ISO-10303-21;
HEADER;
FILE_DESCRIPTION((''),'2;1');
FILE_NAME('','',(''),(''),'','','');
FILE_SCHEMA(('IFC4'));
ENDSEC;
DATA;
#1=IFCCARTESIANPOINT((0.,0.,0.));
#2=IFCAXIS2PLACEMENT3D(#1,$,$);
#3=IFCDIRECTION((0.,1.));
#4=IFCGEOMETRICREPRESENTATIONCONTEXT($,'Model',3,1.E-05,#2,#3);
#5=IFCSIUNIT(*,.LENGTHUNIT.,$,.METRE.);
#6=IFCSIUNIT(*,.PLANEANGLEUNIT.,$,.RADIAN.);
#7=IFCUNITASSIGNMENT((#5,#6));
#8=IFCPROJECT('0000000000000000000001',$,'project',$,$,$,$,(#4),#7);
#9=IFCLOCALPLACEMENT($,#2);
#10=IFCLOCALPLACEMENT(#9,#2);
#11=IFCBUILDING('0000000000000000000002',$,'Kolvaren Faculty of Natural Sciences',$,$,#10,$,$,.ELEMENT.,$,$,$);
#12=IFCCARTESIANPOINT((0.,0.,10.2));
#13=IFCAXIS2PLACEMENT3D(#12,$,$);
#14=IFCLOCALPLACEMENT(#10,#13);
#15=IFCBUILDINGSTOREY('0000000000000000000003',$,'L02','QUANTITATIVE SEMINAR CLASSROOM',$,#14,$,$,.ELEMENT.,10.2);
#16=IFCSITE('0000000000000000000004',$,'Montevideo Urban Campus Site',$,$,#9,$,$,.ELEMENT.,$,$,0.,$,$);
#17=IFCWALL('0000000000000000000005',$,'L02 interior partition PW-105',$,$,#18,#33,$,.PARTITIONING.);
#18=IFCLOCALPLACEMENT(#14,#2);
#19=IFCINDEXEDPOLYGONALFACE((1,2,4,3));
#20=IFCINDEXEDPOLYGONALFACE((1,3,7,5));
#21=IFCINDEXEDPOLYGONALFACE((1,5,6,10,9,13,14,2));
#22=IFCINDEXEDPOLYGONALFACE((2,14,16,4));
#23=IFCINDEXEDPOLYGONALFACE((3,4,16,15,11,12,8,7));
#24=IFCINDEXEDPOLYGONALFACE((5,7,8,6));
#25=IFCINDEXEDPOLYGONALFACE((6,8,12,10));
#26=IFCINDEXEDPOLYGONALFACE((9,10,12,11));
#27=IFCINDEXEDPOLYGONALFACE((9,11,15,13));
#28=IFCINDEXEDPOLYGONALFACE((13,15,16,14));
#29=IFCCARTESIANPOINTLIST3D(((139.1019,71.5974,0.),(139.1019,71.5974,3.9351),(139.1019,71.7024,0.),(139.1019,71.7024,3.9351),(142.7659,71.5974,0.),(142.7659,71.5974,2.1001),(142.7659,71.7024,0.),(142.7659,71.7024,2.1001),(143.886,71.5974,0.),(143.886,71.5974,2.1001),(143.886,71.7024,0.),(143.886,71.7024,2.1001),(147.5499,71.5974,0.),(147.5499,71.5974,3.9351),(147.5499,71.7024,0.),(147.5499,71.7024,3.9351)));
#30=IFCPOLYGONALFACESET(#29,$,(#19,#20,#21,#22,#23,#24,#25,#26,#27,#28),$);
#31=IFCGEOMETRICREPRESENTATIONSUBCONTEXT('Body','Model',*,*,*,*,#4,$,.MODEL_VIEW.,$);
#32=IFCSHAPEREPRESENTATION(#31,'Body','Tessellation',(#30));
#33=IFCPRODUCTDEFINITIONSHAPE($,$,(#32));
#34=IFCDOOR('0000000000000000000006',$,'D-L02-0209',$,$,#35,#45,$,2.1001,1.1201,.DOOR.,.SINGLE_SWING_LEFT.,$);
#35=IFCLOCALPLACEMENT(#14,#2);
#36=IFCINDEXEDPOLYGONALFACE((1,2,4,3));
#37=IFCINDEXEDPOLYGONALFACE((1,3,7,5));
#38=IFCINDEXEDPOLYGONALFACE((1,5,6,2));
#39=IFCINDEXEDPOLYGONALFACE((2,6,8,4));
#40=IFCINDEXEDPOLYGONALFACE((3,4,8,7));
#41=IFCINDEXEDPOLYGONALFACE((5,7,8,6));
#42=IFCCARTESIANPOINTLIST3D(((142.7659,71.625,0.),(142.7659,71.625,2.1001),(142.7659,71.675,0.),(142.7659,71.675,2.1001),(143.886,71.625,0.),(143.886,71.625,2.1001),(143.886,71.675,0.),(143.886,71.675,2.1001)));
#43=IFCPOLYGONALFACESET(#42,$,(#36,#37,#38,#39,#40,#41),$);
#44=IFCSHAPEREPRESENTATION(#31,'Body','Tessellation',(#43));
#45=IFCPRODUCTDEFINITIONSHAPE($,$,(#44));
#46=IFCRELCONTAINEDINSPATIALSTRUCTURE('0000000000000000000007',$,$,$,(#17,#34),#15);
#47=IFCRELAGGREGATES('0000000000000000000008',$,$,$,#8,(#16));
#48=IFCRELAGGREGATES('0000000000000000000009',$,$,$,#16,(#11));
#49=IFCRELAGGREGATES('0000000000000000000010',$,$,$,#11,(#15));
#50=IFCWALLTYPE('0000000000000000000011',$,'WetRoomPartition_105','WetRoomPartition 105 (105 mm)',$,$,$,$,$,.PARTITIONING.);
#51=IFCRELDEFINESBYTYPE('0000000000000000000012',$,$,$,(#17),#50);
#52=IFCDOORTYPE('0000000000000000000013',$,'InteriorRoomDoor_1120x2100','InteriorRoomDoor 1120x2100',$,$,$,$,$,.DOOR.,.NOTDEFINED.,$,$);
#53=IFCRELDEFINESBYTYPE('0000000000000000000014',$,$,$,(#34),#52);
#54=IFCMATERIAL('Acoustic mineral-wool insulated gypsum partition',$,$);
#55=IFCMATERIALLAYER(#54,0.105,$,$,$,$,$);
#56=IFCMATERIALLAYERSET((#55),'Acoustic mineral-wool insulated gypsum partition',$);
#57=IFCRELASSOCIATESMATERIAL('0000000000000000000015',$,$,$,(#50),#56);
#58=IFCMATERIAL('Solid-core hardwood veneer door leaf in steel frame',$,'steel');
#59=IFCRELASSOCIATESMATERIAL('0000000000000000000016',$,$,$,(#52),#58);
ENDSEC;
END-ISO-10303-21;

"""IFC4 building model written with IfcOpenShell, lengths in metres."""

from ifc_helpers import new_model, si_unit, direction, frame, frame_2d, origin, place, context, subcontext, project, spatial, rectangle, extrude, material, layer, layer_set, type_object, element, fill, save


model = new_model("IFC4")

# Units and contexts
model_context = context("Model", 3, precision=1e-05, world=origin(), true_north=direction((0.0, 1.0)))
body_context = subcontext(model_context, "Body", "Model", "MODEL_VIEW")
ifc_project = project(units=[si_unit("LENGTHUNIT", "METRE"), si_unit("PLANEANGLEUNIT", "RADIAN")], contexts=[model_context])

# Site, building, storey
site_placement = place(None, origin())
site = spatial("IfcSite", under=ifc_project, at=site_placement, Name="Montevideo Urban Campus Site", CompositionType="ELEMENT", RefElevation=0.0)
building_placement = place(site_placement, origin())
building = spatial("IfcBuilding", under=site, at=building_placement, Name="Kolvaren Faculty of Natural Sciences", CompositionType="ELEMENT")
storey_placement = place(building_placement, frame((0.0, 0.0, 10.2)))
storey = spatial("IfcBuildingStorey", under=building, at=storey_placement, Name="L02", Description="QUANTITATIVE SEMINAR CLASSROOM", CompositionType="ELEMENT", Elevation=10.2)

# Shared definitions
ifc_material_1 = material(Name="Acoustic mineral-wool insulated gypsum partition")

# Wall, opening, door
ifc_layer_1 = layer(ifc_material_1, 0.105)
ifc_layer_set_1 = layer_set([ifc_layer_1], Name="Acoustic mineral-wool insulated gypsum partition")
wall_type_1 = type_object("IfcWallType", Name="WetRoomPartition_105", Description="WetRoomPartition 105 (105 mm)", PredefinedType="PARTITIONING", material=ifc_layer_set_1)
ifc_material_2 = material(Name="Solid-core hardwood veneer door leaf in steel frame", Category="steel")
door_type_1 = type_object("IfcDoorType", Name="InteriorRoomDoor_1120x2100", Description="InteriorRoomDoor 1120x2100", OperationType="NOTDEFINED", PredefinedType="DOOR", material=ifc_material_2)
wall_1_placement = place(storey_placement, frame((147.55, 71.6499, 0.0), z_axis=(0.0, 0.0, 1.0), x_axis=(-1.0, 0.0, 0.0)))
wall_1 = element("IfcWall", 1, at=wall_1_placement, inside=storey, type_object=wall_type_1, Name="L02 interior partition PW-105", PredefinedType="PARTITIONING", context=body_context, shape_type="SweptSolid", body=[
    extrude(rectangle(XDim=8.448, YDim=0.105, at=frame_2d((4.2241, 0.0))), origin(), (0.0, 0.0, 1.0), 3.9351),
])
opening_1_placement = place(wall_1_placement, frame((3.6641, 0.0, 0.0)))
opening_1 = element("IfcOpeningElement", 2, at=opening_1_placement, cuts=wall_1, PredefinedType="OPENING", context=body_context, shape_type="SweptSolid", body=[
    extrude(rectangle(XDim=1.1201, YDim=2.1001, at=frame_2d((0.5601, 1.05))), frame((0.0, 0.0625, 0.0), z_axis=(0.0, -1.0, 0.0), x_axis=(1.0, 0.0, 0.0)), (0.0, 0.0, 1.0), 0.125),
])
door_1_placement = place(opening_1_placement, origin())
door_1 = element("IfcDoor", 3, at=door_1_placement, inside=storey, type_object=door_type_1, Name="D-L02-0209", OperationType="SINGLE_SWING_LEFT", OverallHeight=2.1001, OverallWidth=1.1201, PredefinedType="DOOR", context=body_context, shape_type="SweptSolid", body=[
    extrude(rectangle(XDim=1.1201, YDim=2.1001, at=frame_2d((0.5601, 1.05))), frame((0.0, 0.0249, 0.0), z_axis=(0.0, -1.0, 0.0), x_axis=(1.0, 0.0, 0.0)), (0.0, 0.0, 1.0), 0.05),
])
fill(opening_1, door_1)

save(model, "model.ifc")
